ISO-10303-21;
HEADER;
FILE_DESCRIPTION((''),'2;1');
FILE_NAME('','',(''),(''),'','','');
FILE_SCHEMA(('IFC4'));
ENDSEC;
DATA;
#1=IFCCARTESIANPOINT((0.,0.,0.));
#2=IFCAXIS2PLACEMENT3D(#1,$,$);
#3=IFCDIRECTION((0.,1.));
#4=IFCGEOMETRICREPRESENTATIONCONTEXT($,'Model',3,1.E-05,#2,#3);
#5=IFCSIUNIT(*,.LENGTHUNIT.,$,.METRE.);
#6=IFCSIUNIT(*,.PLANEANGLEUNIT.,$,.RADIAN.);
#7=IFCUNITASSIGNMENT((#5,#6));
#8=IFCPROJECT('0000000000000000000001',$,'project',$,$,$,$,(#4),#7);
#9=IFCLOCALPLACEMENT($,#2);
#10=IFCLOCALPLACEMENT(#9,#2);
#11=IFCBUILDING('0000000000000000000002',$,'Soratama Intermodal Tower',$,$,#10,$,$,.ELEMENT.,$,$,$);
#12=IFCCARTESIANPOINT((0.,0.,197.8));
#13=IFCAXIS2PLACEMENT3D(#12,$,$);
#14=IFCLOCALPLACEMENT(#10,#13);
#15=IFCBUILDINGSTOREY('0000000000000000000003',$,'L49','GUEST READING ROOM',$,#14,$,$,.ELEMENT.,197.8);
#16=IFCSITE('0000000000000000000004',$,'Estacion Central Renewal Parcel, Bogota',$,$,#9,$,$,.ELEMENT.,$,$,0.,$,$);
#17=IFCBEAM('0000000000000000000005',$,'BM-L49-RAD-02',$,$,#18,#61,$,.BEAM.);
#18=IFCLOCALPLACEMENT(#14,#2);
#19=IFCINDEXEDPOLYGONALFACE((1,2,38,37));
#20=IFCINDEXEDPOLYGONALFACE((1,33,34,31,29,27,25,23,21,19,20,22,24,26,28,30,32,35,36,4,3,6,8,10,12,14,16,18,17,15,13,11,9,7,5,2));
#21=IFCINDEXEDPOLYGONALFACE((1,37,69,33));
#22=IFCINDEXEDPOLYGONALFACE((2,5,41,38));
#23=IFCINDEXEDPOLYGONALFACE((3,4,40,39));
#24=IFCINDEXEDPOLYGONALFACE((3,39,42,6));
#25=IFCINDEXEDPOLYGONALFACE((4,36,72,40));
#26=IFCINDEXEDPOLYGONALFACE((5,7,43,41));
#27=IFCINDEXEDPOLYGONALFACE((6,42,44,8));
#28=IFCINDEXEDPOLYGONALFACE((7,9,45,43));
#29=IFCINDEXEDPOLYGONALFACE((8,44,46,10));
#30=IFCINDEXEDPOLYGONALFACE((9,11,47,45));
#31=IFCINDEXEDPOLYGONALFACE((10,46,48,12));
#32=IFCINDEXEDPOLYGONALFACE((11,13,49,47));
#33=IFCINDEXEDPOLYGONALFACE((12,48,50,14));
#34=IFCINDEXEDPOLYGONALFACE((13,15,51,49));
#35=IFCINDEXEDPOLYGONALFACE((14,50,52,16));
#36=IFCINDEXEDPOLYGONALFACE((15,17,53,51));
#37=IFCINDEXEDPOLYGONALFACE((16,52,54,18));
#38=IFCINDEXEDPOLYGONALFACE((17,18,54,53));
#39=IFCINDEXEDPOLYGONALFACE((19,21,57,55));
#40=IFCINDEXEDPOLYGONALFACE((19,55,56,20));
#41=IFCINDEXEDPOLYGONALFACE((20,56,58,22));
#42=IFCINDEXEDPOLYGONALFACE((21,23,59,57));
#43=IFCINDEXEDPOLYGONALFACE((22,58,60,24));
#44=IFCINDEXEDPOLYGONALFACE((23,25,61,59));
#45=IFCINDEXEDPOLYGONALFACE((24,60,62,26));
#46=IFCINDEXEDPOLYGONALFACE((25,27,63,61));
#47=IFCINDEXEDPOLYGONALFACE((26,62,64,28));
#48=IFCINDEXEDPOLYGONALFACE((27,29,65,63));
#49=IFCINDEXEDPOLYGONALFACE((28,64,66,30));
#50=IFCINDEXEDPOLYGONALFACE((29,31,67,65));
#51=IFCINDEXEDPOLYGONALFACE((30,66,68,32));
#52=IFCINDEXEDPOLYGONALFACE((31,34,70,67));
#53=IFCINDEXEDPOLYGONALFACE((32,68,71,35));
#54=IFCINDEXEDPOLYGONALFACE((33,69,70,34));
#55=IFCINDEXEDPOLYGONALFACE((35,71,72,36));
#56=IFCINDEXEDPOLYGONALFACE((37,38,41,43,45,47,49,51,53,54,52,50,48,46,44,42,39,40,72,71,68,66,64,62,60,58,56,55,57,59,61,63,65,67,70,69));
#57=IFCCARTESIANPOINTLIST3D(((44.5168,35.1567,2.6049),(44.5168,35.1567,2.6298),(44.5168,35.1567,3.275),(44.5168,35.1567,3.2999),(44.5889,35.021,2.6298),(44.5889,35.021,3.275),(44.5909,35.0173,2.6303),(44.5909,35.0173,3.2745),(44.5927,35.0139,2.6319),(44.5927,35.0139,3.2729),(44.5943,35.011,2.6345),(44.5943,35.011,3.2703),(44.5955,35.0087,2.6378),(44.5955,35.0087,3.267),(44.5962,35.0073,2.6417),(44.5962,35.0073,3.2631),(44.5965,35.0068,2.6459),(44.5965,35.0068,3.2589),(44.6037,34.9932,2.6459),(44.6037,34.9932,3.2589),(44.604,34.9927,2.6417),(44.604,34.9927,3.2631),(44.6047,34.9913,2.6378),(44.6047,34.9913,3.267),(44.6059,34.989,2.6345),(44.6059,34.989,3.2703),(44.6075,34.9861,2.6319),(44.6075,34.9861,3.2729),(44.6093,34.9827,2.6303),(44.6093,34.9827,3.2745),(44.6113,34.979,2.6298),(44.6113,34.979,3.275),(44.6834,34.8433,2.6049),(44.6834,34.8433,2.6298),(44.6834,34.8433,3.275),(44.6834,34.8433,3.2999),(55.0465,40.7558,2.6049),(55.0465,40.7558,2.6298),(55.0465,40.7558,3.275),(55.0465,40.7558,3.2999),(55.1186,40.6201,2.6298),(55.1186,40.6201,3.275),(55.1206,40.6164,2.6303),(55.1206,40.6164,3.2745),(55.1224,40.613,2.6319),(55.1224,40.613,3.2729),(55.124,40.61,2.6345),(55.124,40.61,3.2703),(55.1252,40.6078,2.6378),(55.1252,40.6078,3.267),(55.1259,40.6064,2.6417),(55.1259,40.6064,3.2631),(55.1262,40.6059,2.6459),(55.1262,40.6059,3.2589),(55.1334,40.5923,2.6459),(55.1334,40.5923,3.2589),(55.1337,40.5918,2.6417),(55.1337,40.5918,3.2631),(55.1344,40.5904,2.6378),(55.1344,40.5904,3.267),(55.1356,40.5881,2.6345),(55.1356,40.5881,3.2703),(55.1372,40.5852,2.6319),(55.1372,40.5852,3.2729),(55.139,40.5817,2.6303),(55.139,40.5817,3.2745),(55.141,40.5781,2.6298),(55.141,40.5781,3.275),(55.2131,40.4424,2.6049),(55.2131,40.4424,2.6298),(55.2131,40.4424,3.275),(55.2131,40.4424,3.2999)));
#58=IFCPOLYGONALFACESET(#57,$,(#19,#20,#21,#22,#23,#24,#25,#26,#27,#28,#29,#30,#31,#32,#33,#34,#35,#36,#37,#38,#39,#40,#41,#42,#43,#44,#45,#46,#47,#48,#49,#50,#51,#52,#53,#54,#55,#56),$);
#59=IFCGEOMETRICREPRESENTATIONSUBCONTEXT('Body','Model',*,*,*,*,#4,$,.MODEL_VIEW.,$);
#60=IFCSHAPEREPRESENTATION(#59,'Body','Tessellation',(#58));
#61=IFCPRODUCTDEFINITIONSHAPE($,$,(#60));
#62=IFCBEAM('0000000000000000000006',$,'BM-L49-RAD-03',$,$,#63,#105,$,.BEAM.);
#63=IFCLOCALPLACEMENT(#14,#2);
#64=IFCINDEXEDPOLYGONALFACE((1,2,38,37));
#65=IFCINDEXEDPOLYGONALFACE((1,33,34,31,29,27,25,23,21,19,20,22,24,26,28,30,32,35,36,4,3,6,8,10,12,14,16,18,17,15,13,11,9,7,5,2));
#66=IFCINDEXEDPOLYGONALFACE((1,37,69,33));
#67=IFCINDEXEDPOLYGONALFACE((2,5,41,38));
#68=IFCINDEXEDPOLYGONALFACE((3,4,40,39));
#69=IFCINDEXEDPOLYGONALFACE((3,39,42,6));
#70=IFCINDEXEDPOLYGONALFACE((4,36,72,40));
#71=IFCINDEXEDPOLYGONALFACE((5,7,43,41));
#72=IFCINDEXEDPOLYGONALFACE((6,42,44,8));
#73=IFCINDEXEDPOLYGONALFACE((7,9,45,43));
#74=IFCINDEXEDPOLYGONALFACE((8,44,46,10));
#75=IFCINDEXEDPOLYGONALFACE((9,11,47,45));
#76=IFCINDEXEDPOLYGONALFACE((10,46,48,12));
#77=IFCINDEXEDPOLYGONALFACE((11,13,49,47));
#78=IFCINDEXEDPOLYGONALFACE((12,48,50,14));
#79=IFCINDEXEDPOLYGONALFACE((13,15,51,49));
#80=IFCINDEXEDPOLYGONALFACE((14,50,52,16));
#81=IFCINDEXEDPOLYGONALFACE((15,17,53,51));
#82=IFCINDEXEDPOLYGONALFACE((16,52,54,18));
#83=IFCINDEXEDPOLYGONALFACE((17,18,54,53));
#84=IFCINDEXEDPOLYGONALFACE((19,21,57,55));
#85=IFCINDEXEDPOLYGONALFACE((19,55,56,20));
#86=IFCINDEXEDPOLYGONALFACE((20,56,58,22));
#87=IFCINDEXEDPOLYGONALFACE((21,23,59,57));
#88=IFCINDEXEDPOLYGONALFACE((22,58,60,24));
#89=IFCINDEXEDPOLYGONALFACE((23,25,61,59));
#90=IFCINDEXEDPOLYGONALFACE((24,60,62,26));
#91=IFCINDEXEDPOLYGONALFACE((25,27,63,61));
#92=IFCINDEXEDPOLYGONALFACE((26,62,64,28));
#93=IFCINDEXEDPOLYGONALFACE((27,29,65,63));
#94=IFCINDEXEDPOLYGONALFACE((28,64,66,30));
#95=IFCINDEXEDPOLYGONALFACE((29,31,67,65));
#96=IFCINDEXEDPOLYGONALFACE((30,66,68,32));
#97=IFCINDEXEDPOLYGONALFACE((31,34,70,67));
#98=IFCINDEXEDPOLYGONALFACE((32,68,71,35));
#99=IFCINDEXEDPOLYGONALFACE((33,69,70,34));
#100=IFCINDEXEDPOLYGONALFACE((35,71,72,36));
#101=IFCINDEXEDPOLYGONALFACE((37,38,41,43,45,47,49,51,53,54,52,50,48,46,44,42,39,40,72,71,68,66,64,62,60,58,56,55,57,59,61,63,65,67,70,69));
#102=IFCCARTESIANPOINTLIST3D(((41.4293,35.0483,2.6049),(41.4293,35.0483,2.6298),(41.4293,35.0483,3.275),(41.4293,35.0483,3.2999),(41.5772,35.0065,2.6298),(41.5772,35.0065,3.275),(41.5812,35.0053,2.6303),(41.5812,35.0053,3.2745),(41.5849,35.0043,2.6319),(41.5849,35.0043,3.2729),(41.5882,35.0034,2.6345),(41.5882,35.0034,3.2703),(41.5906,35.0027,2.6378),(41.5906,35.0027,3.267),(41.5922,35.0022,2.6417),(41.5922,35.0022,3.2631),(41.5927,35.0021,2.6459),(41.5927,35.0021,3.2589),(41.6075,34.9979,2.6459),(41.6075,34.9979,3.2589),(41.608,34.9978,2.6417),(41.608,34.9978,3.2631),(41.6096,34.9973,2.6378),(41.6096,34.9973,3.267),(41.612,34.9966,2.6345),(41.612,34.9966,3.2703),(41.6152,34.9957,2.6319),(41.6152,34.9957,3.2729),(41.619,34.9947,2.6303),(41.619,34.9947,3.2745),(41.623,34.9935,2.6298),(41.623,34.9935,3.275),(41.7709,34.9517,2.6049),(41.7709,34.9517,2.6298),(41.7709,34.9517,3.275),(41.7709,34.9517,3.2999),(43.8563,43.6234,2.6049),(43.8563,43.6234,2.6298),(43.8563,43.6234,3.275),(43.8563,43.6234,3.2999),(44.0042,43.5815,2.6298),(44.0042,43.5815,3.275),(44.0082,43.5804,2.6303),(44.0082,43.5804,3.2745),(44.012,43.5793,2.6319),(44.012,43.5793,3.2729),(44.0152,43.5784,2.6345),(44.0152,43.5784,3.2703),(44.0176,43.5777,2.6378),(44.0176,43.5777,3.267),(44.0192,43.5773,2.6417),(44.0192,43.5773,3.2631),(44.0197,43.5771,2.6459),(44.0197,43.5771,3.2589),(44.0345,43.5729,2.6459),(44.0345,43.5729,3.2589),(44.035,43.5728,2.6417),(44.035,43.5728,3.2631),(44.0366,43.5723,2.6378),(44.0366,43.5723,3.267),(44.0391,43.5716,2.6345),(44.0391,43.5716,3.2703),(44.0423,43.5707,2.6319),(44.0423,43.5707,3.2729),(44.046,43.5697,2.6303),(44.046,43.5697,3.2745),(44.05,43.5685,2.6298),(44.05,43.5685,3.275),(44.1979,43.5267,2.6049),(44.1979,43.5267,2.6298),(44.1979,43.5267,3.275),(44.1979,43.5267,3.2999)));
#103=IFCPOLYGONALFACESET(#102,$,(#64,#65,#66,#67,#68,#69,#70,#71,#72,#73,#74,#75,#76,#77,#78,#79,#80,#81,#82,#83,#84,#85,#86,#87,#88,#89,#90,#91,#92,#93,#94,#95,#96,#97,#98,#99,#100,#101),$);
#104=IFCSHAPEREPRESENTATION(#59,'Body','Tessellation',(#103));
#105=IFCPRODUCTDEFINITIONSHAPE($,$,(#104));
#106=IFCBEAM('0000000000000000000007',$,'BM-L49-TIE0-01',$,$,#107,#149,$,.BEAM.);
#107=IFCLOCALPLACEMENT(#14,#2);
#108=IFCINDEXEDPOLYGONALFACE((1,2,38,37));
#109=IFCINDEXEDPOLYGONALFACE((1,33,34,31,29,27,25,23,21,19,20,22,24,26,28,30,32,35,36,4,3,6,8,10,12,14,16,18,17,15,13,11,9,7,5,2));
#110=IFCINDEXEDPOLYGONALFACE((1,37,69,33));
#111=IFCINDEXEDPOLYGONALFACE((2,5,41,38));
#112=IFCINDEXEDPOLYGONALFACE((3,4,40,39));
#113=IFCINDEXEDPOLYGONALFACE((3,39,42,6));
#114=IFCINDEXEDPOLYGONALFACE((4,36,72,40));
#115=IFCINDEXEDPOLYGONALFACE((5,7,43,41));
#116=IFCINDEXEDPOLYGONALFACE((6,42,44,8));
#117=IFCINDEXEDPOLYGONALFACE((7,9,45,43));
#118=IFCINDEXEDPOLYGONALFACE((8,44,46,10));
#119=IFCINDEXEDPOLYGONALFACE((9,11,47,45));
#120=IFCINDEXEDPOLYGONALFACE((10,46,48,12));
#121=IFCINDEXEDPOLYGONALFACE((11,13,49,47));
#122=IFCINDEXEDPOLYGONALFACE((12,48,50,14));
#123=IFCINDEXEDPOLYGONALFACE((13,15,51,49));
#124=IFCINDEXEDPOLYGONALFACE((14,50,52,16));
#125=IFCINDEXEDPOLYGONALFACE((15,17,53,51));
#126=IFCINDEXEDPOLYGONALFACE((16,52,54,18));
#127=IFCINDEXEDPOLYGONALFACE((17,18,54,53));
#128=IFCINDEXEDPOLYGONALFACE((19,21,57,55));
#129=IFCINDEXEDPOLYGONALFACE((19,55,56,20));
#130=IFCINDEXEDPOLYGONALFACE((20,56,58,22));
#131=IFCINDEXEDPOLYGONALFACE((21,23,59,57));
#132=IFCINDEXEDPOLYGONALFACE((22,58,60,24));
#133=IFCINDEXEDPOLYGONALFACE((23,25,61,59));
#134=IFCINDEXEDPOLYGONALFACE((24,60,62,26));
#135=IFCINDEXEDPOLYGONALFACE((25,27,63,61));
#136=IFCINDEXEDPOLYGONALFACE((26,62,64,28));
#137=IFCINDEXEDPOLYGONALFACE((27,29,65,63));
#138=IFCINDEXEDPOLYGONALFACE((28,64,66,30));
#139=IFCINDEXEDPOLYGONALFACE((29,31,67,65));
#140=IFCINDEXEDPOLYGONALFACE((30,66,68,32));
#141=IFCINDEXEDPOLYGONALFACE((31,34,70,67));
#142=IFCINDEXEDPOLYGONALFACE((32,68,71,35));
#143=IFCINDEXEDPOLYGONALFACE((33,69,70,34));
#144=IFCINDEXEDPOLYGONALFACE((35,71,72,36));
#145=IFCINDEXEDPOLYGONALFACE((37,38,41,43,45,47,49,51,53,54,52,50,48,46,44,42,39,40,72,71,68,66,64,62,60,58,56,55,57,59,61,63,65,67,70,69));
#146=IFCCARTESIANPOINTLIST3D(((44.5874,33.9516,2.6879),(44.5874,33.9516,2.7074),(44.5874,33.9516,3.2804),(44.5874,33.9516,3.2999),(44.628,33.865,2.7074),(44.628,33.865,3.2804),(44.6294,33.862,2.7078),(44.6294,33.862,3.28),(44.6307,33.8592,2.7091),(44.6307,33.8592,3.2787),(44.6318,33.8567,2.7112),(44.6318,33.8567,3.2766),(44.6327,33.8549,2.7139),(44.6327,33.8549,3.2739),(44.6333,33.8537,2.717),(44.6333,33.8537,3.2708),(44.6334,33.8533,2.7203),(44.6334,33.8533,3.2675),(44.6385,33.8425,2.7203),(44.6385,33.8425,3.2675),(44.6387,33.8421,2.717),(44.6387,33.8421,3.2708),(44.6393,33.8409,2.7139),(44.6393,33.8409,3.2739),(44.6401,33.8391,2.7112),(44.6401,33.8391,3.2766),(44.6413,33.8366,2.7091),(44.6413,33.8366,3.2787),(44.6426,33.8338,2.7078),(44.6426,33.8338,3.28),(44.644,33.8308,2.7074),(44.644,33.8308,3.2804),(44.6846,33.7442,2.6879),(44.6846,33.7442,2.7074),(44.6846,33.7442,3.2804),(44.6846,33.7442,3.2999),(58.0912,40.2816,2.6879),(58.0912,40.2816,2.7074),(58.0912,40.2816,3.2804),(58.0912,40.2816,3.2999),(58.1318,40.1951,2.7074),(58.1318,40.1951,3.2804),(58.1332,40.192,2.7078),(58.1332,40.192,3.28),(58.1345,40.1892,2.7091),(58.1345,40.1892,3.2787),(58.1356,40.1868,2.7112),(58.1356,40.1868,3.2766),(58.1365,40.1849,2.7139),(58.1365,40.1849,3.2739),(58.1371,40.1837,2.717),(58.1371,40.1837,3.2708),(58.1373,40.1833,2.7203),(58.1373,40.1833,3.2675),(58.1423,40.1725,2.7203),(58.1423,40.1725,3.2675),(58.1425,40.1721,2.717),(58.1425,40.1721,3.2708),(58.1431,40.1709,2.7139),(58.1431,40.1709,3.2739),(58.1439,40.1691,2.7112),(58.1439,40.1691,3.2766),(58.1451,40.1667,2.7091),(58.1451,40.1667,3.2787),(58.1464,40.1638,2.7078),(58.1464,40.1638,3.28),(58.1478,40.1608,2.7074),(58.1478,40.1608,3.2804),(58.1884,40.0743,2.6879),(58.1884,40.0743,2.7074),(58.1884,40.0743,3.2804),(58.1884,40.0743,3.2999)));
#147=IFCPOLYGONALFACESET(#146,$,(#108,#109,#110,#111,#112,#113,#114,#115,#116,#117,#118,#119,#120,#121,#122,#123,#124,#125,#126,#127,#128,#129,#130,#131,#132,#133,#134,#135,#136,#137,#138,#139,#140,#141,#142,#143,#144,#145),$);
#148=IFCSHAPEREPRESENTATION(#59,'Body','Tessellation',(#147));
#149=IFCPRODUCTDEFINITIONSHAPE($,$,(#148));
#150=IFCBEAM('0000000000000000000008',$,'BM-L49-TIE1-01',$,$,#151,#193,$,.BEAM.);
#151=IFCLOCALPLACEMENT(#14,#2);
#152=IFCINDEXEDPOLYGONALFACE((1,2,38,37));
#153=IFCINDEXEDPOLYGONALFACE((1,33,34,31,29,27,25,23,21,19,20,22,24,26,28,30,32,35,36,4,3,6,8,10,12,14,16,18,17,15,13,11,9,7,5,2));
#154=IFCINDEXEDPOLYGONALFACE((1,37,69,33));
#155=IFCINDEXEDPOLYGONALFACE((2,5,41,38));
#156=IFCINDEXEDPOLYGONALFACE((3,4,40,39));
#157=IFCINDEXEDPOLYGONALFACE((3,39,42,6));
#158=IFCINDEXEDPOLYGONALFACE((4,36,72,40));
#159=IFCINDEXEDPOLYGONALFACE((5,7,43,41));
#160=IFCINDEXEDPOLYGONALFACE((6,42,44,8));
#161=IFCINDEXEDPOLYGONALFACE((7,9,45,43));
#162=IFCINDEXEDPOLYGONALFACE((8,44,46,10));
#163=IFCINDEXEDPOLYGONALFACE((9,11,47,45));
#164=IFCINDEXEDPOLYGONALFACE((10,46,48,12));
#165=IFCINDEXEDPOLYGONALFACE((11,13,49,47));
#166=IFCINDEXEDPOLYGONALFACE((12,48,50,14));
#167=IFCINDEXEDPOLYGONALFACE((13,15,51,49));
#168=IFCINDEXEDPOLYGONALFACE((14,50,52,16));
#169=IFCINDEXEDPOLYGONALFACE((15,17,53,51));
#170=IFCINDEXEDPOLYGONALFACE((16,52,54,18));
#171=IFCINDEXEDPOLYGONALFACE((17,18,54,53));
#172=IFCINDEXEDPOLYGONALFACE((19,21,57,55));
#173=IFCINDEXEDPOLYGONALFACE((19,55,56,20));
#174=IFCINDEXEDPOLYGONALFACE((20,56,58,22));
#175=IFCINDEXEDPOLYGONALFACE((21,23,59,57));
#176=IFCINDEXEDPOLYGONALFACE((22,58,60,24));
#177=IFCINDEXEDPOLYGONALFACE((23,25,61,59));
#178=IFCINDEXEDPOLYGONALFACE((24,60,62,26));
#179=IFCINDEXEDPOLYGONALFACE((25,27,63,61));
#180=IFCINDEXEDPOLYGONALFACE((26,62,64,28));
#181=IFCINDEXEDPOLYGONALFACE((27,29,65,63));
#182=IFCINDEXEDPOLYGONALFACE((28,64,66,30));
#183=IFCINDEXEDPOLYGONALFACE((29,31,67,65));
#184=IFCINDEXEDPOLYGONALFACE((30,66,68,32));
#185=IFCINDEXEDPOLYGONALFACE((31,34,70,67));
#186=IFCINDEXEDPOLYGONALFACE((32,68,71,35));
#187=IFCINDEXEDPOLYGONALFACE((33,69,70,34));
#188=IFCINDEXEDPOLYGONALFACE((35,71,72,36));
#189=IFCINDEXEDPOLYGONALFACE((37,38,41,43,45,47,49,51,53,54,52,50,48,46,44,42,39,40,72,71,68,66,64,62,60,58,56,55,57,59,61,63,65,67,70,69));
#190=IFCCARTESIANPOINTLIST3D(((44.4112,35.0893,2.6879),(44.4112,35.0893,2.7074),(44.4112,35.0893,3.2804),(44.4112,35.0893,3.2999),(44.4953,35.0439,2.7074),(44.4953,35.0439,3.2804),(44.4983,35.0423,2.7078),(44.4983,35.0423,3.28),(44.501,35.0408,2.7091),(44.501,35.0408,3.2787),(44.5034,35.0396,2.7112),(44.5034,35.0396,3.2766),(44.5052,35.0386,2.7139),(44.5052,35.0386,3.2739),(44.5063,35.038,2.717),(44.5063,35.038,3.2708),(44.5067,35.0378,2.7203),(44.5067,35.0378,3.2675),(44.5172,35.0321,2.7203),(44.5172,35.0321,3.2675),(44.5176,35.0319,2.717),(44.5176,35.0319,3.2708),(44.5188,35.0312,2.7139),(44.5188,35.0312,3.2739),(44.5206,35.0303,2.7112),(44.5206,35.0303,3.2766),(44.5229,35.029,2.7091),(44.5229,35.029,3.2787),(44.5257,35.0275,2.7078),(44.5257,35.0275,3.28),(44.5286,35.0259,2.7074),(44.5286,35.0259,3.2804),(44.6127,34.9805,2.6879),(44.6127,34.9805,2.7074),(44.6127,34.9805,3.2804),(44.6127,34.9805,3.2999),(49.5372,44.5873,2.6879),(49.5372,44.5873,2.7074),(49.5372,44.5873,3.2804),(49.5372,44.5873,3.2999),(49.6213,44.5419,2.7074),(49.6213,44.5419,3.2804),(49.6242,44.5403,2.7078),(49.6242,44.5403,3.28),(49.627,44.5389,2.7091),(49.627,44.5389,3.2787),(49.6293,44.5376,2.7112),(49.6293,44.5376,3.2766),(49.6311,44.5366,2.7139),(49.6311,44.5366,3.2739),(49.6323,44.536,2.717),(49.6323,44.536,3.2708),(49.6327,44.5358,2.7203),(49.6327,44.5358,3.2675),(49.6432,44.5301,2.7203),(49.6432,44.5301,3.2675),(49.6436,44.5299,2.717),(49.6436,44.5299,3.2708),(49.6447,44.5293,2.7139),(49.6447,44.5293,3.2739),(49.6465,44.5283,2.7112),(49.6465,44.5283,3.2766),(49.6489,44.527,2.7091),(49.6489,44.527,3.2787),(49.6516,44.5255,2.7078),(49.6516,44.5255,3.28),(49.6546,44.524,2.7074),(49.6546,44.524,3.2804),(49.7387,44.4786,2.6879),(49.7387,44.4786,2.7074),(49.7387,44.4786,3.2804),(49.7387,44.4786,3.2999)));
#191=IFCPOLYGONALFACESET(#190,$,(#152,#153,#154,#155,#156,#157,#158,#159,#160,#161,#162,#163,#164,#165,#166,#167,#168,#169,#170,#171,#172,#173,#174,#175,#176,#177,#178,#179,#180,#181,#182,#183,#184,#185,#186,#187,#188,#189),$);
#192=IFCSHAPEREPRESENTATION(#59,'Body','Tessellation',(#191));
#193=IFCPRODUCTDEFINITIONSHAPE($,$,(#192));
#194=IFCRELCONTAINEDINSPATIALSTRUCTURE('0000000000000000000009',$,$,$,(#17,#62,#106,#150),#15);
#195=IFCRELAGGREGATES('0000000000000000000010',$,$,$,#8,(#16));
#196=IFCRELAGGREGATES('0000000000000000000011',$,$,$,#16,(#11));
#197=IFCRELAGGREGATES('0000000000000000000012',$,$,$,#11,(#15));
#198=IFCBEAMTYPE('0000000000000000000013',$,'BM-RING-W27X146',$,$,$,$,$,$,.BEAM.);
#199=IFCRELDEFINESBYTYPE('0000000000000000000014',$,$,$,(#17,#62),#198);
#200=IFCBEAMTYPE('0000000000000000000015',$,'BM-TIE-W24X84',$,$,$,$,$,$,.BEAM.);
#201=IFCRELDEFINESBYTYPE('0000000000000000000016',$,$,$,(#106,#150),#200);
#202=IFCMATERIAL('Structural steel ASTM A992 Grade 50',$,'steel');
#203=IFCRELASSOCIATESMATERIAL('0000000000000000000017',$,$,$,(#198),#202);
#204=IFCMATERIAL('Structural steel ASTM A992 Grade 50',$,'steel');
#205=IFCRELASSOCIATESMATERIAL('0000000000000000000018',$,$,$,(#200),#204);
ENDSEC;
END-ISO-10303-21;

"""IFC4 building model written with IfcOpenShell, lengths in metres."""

from ifc_helpers import new_model, si_unit, direction, frame, origin, origin_2d, place, context, subcontext, project, spatial, i_section, extrude, material, material_profile, profile_set, type_object, element, save


model = new_model("IFC4")

# Units and contexts
model_context = context("Model", 3, precision=1e-05, world=origin(), true_north=direction((0.0, 1.0)))
body_context = subcontext(model_context, "Body", "Model", "MODEL_VIEW")
ifc_project = project(units=[si_unit("LENGTHUNIT", "METRE"), si_unit("PLANEANGLEUNIT", "RADIAN")], contexts=[model_context])

# Site, building, storey
site_placement = place(None, origin())
site = spatial("IfcSite", under=ifc_project, at=site_placement, Name="Estacion Central Renewal Parcel, Bogota", CompositionType="ELEMENT", RefElevation=0.0)
building_placement = place(site_placement, origin())
building = spatial("IfcBuilding", under=site, at=building_placement, Name="Soratama Intermodal Tower", CompositionType="ELEMENT")
storey_placement = place(building_placement, frame((0.0, 0.0, 197.8)))
storey = spatial("IfcBuildingStorey", under=building, at=storey_placement, Name="L49", Description="GUEST READING ROOM", CompositionType="ELEMENT", Elevation=197.8)

# Beams
ifc_material_1 = material(Name="Structural steel ASTM A992 Grade 50", Category="steel")
ifc_material_profile_1 = material_profile(ifc_material_1, i_section(OverallWidth=0.355, OverallDepth=0.6951, WebThickness=0.0154, FlangeThickness=0.0249, FilletRadius=0.0161, at=origin_2d()), Name="W27X146")
ifc_profile_set_1 = profile_set([ifc_material_profile_1], Name="Structural steel ASTM A992 Grade 50")
beam_type_1 = type_object("IfcBeamType", Name="BM-RING-W27X146", PredefinedType="BEAM", material=ifc_profile_set_1)
beam_1_placement = place(storey_placement, frame((44.6001, 35.0, 2.9524), z_axis=(0.882936, 0.469493, 0.0), x_axis=(-0.469493, 0.882936, 0.0)))
element("IfcBeam", 1, at=beam_1_placement, inside=storey, type_object=beam_type_1, Name="BM-L49-RAD-02", PredefinedType="BEAM", context=body_context, shape_type="SweptSolid", body=[
    extrude(i_section(OverallWidth=0.355, OverallDepth=0.6951, WebThickness=0.0154, FlangeThickness=0.0249, FilletRadius=0.0161, at=origin_2d()), origin(), (0.0, 0.0, 1.0), 11.9258),
])
beam_2_placement = place(storey_placement, frame((41.6001, 35.0, 2.9524), z_axis=(0.272336, 0.962202, 0.0), x_axis=(-0.962202, 0.272336, 0.0)))
element("IfcBeam", 2, at=beam_2_placement, inside=storey, type_object=beam_type_1, Name="BM-L49-RAD-03", PredefinedType="BEAM", context=body_context, shape_type="SweptSolid", body=[
    extrude(i_section(OverallWidth=0.355, OverallDepth=0.6951, WebThickness=0.0154, FlangeThickness=0.0249, FilletRadius=0.0161, at=origin_2d()), origin(), (0.0, 0.0, 1.0), 8.9119),
])
ifc_material_2 = material(Name="Structural steel ASTM A992 Grade 50", Category="steel")
ifc_material_profile_2 = material_profile(ifc_material_2, i_section(OverallWidth=0.229, OverallDepth=0.6121, WebThickness=0.012, FlangeThickness=0.0195, FilletRadius=0.0129, at=origin_2d()), Name="W24X84")
ifc_profile_set_2 = profile_set([ifc_material_profile_2], Name="Structural steel ASTM A992 Grade 50")
beam_type_2 = type_object("IfcBeamType", Name="BM-TIE-W24X84", PredefinedType="BEAM", material=ifc_profile_set_2)
beam_3_placement = place(storey_placement, frame((44.636, 33.8479, 2.9939), z_axis=(0.905456, 0.424441, 0.0), x_axis=(-0.424441, 0.905456, 0.0)))
element("IfcBeam", 3, at=beam_3_placement, inside=storey, type_object=beam_type_2, Name="BM-L49-TIE0-01", PredefinedType="BEAM", context=body_context, shape_type="SweptSolid", body=[
    extrude(i_section(OverallWidth=0.229, OverallDepth=0.6121, WebThickness=0.012, FlangeThickness=0.0195, FilletRadius=0.0129, at=origin_2d()), origin(), (0.0, 0.0, 1.0), 14.9138),
])
beam_4_placement = place(storey_placement, frame((44.512, 35.0349, 2.9939), z_axis=(0.474936, 0.88002, 0.0), x_axis=(-0.88002, 0.474936, 0.0)))
element("IfcBeam", 4, at=beam_4_placement, inside=storey, type_object=beam_type_2, Name="BM-L49-TIE1-01", PredefinedType="BEAM", context=body_context, shape_type="SweptSolid", body=[
    extrude(i_section(OverallWidth=0.229, OverallDepth=0.6121, WebThickness=0.012, FlangeThickness=0.0195, FilletRadius=0.0129, at=origin_2d()), origin(), (0.0, 0.0, 1.0), 10.793),
])

save(model, "model.ifc")
